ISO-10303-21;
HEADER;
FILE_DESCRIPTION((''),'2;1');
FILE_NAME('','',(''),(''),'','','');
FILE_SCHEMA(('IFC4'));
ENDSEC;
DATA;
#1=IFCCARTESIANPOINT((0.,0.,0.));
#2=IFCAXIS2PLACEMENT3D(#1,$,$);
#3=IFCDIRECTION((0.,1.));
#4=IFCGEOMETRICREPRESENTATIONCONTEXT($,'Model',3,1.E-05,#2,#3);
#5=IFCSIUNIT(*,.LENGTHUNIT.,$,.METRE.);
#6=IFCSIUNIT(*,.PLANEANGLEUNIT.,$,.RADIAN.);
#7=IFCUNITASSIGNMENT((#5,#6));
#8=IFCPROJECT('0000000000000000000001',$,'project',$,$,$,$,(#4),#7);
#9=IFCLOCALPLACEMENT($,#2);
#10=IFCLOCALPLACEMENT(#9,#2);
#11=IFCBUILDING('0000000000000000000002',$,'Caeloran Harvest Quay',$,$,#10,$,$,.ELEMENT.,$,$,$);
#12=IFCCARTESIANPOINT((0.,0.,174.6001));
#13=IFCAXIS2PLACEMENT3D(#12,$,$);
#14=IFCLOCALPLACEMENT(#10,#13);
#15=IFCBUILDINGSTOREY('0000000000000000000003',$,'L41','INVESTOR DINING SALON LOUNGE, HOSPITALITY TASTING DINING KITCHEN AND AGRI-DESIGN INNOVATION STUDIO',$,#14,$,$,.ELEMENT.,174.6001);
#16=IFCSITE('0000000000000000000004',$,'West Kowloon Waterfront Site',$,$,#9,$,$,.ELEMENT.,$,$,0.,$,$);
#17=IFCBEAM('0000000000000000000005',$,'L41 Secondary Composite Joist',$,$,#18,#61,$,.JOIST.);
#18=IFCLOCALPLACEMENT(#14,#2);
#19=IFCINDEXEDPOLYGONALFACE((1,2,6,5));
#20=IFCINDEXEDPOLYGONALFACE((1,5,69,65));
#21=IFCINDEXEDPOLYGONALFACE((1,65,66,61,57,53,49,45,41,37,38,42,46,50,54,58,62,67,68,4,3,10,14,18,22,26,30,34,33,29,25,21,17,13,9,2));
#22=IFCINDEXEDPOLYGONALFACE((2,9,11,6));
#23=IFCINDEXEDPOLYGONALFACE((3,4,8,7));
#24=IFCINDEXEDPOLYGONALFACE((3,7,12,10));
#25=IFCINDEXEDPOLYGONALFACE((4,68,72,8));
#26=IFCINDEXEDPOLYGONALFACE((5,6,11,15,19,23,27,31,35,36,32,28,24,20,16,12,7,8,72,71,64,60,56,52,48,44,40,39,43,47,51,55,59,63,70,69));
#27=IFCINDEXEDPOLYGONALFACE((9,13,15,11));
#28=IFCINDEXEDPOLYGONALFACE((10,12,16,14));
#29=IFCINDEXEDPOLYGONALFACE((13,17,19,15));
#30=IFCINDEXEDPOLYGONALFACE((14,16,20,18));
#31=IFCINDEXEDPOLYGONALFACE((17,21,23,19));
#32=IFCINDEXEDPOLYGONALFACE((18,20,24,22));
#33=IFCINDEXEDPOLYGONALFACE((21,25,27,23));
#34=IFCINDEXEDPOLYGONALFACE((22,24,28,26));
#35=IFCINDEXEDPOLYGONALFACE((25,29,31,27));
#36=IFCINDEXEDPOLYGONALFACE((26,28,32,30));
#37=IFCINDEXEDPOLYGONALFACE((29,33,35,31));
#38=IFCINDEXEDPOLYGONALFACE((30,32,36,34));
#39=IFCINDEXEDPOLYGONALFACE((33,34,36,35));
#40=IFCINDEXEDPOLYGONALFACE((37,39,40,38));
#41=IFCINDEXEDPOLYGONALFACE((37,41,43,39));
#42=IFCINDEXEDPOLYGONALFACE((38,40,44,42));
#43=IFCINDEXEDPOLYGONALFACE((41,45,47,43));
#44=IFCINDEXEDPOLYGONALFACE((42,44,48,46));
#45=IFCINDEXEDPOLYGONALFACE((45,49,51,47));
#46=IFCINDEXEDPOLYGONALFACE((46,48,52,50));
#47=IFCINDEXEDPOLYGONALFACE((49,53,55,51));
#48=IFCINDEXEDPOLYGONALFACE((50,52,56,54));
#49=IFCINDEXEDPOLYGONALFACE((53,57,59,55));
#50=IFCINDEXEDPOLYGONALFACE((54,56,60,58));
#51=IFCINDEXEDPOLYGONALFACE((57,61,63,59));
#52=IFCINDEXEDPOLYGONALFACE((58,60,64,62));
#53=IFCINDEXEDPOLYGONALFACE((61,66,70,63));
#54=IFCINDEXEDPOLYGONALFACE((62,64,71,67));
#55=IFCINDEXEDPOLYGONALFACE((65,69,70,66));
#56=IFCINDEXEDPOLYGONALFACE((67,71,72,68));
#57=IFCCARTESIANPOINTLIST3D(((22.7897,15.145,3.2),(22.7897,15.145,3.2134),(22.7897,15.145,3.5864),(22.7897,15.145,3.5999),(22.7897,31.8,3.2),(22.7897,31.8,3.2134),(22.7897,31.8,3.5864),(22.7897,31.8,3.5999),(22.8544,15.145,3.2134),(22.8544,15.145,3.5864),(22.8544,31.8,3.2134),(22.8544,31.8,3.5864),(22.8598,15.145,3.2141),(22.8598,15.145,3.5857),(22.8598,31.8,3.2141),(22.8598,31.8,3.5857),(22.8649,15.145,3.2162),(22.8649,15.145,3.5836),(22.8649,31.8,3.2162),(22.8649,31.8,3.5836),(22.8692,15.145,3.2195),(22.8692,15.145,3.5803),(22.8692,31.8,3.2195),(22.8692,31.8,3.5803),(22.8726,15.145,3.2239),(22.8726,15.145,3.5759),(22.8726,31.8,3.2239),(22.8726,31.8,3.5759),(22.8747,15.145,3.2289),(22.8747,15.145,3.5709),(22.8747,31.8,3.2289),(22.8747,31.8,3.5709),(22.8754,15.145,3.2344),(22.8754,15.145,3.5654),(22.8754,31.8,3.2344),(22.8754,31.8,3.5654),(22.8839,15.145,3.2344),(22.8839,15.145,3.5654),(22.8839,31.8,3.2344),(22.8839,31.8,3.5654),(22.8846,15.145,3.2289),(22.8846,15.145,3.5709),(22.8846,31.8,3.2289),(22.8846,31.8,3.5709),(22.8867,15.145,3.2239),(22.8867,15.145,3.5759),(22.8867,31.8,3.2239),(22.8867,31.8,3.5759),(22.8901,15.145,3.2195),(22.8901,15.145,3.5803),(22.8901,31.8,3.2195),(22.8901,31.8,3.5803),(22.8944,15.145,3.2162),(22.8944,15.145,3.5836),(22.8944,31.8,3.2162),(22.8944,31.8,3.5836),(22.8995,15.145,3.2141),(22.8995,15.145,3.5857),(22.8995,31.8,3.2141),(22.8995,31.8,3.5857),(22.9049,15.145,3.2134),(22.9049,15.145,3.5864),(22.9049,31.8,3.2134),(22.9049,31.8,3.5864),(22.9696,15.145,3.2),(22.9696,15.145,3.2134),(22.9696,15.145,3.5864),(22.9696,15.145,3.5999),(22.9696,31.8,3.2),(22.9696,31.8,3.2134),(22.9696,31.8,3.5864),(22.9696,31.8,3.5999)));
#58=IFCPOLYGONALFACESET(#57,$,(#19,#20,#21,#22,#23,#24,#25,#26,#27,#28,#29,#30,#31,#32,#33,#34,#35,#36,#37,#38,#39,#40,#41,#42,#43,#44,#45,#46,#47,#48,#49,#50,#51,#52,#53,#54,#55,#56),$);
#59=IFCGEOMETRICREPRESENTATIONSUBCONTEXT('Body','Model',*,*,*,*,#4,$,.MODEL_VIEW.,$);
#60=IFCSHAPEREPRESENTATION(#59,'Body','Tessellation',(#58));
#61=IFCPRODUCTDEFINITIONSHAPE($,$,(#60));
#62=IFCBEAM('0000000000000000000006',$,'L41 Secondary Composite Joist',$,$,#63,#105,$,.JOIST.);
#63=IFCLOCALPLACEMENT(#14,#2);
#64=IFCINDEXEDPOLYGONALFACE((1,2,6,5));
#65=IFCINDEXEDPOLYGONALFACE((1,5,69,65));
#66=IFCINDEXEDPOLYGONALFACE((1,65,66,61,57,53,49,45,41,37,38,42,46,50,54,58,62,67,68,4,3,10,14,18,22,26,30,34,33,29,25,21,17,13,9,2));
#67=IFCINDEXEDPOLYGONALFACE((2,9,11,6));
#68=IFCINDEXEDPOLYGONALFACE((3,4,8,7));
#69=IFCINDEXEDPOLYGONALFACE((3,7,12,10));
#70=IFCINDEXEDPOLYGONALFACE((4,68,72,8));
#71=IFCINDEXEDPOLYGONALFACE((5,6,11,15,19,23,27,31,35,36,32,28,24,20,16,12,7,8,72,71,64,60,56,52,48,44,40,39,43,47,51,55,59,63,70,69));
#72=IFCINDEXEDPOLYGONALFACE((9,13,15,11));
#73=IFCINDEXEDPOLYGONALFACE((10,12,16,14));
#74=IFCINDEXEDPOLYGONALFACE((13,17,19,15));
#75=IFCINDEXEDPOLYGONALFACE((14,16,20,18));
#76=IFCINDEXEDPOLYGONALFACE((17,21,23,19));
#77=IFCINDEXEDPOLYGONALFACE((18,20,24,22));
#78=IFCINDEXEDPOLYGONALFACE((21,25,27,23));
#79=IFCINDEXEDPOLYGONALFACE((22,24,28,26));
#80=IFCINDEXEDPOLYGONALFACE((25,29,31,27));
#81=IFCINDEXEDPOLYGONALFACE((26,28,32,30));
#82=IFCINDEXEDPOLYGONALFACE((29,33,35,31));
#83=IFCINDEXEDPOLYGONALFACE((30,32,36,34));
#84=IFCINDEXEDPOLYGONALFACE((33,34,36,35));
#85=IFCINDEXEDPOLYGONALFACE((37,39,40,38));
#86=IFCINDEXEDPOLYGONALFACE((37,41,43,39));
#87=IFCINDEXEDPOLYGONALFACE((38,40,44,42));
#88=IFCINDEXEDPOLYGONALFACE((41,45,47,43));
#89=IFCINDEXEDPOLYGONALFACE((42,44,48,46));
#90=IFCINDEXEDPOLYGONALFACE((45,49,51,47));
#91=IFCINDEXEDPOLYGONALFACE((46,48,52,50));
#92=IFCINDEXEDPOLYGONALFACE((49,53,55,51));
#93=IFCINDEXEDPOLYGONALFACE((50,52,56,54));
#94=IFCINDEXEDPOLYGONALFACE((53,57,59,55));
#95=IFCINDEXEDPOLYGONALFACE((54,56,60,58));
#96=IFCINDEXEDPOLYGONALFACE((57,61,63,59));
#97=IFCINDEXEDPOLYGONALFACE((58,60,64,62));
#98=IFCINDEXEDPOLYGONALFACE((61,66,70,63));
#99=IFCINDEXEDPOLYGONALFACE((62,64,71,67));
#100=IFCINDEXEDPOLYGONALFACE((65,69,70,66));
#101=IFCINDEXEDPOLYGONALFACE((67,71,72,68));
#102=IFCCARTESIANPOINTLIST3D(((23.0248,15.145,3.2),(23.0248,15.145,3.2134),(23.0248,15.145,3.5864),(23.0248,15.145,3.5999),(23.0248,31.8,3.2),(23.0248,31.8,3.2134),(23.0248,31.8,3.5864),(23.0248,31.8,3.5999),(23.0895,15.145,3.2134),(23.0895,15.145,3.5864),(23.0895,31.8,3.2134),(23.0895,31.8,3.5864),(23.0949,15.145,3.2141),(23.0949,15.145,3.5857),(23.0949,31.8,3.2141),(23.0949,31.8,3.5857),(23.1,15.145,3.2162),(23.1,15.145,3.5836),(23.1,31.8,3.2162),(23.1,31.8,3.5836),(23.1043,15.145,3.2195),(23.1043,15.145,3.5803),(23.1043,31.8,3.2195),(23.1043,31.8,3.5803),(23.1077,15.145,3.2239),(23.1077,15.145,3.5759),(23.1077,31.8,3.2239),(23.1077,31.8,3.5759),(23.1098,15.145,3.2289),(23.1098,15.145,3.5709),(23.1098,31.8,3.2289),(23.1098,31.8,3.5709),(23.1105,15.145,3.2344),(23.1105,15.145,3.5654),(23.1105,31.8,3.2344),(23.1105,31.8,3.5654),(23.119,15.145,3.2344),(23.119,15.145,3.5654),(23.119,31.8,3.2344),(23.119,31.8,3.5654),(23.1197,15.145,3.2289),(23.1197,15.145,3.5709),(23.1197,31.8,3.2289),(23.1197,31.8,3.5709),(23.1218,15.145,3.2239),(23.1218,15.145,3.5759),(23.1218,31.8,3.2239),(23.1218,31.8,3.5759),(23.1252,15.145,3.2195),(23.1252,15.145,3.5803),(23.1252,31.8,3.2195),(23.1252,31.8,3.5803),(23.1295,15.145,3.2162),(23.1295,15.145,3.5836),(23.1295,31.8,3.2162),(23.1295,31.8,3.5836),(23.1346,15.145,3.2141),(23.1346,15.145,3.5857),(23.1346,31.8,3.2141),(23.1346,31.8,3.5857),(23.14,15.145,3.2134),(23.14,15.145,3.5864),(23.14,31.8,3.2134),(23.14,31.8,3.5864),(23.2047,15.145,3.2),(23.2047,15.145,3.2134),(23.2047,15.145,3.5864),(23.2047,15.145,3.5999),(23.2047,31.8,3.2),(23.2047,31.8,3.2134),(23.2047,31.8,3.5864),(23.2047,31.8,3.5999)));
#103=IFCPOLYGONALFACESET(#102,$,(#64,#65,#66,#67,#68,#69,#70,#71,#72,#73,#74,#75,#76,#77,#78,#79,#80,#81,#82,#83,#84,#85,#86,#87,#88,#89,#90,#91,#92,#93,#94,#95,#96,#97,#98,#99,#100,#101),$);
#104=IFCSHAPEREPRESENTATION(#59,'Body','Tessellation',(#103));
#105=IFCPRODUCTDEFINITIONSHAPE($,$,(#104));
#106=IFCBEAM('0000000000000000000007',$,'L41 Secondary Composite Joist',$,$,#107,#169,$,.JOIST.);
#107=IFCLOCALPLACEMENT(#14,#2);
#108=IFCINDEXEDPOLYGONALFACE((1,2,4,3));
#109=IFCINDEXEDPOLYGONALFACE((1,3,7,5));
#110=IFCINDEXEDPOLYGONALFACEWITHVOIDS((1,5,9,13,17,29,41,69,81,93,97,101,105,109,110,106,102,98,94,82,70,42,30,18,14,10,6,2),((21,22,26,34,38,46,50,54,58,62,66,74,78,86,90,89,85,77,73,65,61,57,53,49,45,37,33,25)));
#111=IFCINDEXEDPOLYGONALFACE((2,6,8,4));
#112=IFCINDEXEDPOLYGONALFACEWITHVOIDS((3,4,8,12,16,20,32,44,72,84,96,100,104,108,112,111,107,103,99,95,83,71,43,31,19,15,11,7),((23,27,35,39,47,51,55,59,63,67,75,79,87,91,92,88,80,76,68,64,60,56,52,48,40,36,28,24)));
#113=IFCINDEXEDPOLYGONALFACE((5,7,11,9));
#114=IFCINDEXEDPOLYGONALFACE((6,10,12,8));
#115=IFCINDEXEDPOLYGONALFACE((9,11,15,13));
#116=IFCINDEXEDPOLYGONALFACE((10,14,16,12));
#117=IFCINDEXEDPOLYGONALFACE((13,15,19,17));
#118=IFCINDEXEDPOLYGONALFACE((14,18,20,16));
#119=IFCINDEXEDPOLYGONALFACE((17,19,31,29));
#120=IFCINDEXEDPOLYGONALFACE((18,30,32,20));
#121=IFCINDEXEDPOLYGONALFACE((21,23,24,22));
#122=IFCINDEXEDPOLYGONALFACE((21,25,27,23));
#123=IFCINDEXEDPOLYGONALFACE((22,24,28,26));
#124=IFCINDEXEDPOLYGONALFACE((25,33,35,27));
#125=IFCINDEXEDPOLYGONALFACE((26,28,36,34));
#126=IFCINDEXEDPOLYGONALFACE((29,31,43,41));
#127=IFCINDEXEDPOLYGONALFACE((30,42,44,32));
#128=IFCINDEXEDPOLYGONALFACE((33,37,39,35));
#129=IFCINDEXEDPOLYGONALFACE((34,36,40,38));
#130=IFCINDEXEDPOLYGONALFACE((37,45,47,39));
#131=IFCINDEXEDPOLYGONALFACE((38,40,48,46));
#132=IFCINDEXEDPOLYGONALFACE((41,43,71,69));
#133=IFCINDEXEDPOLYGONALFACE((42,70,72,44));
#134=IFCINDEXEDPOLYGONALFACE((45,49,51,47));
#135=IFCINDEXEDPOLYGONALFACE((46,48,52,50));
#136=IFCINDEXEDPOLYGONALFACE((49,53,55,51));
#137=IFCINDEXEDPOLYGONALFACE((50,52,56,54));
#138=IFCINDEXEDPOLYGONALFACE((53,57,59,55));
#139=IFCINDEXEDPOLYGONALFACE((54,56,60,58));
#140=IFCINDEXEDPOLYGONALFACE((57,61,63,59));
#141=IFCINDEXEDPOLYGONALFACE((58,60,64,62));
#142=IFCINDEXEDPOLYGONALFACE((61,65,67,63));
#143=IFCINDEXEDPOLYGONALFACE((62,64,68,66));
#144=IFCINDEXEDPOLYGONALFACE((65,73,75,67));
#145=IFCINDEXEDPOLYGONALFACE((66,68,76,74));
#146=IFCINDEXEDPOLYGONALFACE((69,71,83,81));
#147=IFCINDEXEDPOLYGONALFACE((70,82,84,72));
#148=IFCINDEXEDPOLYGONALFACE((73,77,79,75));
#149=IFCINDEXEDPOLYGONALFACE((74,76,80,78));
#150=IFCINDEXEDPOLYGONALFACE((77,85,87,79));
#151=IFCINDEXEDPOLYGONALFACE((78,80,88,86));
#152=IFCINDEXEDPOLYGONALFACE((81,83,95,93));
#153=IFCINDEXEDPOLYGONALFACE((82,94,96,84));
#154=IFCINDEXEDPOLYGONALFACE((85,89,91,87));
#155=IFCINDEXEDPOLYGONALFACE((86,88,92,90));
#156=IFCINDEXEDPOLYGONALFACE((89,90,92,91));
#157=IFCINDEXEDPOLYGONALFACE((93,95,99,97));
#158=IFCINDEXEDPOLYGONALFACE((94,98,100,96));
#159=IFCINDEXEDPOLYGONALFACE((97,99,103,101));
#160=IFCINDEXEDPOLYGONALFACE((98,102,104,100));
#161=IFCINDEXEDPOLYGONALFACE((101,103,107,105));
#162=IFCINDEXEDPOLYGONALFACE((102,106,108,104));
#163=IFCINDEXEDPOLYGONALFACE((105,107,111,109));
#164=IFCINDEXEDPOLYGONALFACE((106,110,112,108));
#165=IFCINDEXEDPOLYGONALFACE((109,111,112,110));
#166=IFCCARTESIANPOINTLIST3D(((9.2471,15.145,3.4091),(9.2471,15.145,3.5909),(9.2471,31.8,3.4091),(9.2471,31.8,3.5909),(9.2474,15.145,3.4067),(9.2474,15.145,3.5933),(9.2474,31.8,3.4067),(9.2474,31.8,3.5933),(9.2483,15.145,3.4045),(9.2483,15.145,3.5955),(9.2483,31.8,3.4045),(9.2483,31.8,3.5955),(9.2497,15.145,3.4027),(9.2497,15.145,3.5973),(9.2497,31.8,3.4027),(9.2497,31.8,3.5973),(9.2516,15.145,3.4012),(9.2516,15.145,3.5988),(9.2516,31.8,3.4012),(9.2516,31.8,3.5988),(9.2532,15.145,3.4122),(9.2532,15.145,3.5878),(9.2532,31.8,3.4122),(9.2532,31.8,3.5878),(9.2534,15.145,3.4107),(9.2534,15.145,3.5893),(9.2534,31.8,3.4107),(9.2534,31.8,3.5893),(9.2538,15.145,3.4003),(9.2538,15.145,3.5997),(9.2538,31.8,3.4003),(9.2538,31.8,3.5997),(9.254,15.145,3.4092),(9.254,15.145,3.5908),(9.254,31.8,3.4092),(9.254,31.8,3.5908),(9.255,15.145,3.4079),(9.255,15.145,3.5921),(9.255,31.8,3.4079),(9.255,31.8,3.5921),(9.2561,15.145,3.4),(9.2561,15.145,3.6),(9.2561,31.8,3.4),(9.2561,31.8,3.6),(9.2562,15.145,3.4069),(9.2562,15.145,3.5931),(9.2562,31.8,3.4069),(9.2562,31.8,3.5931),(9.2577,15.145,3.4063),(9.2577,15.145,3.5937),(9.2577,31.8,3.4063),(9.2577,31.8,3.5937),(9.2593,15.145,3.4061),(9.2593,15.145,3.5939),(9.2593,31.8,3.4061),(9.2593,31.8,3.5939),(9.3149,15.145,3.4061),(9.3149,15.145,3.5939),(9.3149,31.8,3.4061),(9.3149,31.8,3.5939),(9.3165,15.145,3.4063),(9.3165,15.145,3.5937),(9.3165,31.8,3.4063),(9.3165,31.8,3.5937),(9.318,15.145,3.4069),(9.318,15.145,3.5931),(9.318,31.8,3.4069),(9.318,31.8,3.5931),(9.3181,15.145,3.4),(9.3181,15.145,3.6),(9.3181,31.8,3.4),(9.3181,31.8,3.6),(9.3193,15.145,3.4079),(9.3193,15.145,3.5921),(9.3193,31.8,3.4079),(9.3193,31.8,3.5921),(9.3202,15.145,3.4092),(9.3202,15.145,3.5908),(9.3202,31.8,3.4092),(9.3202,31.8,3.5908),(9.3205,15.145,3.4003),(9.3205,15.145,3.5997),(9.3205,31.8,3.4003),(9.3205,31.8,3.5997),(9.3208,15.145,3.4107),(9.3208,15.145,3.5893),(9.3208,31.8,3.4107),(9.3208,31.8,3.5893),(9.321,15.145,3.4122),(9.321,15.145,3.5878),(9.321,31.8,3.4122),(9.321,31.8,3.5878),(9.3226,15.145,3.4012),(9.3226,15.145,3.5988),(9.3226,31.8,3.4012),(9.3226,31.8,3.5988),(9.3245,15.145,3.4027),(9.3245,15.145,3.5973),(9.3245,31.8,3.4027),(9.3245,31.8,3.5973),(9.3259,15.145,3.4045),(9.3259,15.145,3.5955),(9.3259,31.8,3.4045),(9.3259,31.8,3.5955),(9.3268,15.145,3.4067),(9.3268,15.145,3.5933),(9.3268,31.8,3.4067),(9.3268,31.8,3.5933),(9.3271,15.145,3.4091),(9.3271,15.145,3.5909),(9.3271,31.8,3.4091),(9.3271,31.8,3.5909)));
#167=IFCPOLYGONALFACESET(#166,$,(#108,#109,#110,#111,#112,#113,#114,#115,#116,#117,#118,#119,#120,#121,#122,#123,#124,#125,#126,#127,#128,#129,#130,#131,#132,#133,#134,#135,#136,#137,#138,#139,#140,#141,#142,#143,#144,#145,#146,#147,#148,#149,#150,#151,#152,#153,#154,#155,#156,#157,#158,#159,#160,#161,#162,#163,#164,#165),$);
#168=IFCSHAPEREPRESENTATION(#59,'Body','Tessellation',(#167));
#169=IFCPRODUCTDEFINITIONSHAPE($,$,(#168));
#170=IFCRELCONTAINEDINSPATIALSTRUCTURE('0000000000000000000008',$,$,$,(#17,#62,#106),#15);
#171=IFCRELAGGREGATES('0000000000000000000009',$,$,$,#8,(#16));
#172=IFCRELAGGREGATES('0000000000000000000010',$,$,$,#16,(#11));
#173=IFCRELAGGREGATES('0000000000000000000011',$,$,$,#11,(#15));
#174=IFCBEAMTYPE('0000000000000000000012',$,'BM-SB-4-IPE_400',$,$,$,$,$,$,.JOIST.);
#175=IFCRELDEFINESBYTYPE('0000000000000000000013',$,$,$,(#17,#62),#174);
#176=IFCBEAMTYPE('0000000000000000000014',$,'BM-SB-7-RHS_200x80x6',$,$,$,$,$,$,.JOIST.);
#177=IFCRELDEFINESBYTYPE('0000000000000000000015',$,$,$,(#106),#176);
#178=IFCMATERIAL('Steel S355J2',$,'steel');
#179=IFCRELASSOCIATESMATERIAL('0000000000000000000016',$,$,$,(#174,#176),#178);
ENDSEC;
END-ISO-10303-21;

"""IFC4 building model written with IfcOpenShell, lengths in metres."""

from ifc_helpers import new_model, si_unit, direction, frame, origin, origin_2d, place, context, subcontext, project, spatial, hollow_rectangle, i_section, extrude, material, material_profile, profile_set, type_object, element, save


model = new_model("IFC4")

# Units and contexts
model_context = context("Model", 3, precision=1e-05, world=origin(), true_north=direction((0.0, 1.0)))
body_context = subcontext(model_context, "Body", "Model", "MODEL_VIEW")
ifc_project = project(units=[si_unit("LENGTHUNIT", "METRE"), si_unit("PLANEANGLEUNIT", "RADIAN")], contexts=[model_context])

# Site, building, storey
site_placement = place(None, origin())
site = spatial("IfcSite", under=ifc_project, at=site_placement, Name="West Kowloon Waterfront Site", CompositionType="ELEMENT", RefElevation=0.0)
building_placement = place(site_placement, origin())
building = spatial("IfcBuilding", under=site, at=building_placement, Name="Caeloran Harvest Quay", CompositionType="ELEMENT")
storey_placement = place(building_placement, frame((0.0, 0.0, 174.6001)))
storey = spatial("IfcBuildingStorey", under=building, at=storey_placement, Name="L41", Description="INVESTOR DINING SALON LOUNGE, HOSPITALITY TASTING DINING KITCHEN AND AGRI-DESIGN INNOVATION STUDIO", CompositionType="ELEMENT", Elevation=174.6001)

# Beams
ifc_material_1 = material(Name="Steel S355J2", Category="steel")
ifc_material_profile_1 = material_profile(ifc_material_1, i_section(OverallWidth=0.1799, OverallDepth=0.3999, WebThickness=0.0085, FlangeThickness=0.0134, FilletRadius=0.021, at=origin_2d()), Name="IPE 400")
ifc_profile_set_1 = profile_set([ifc_material_profile_1], Name="Steel S355J2")
beam_type_1 = type_object("IfcBeamType", Name="BM-SB-4-IPE_400", PredefinedType="JOIST", material=ifc_profile_set_1)
for number, where, z_axis, x_axis, name in (
    (1, (22.8796, 15.145, 3.3999), (0.0, 1.0, 0.0), (-1.0, 0.0, 0.0), "L41 Secondary Composite Joist"),
    (2, (23.1147, 15.145, 3.3999), (0.0, 1.0, 0.0), (-1.0, 0.0, 0.0), "L41 Secondary Composite Joist"),
):
    element("IfcBeam", number, at=place(storey_placement, frame(where, z_axis=z_axis, x_axis=x_axis)), inside=storey, type_object=beam_type_1, Name=name, PredefinedType="JOIST", context=body_context, shape_type="SweptSolid", body=[
        extrude(i_section(OverallWidth=0.1799, OverallDepth=0.3999, WebThickness=0.0085, FlangeThickness=0.0134, FilletRadius=0.021, at=origin_2d()), origin(), (0.0, 0.0, 1.0), 16.655),
    ])
ifc_material_profile_2 = material_profile(ifc_material_1, hollow_rectangle(XDim=0.0801, YDim=0.2, WallThickness=0.0061, InnerFilletRadius=0.0061, OuterFilletRadius=0.009, at=origin_2d()), Name="RHS 200x80x6")
ifc_profile_set_2 = profile_set([ifc_material_profile_2], Name="Steel S355J2")
beam_type_2 = type_object("IfcBeamType", Name="BM-SB-7-RHS_200x80x6", PredefinedType="JOIST", material=ifc_profile_set_2)
for number, where, z_axis, x_axis, name in (
    (3, (9.2871, 15.145, 3.5), (0.0, 1.0, 0.0), (-1.0, 0.0, 0.0), "L41 Secondary Composite Joist"),
):
    element("IfcBeam", number, at=place(storey_placement, frame(where, z_axis=z_axis, x_axis=x_axis)), inside=storey, type_object=beam_type_2, Name=name, PredefinedType="JOIST", context=body_context, shape_type="SweptSolid", body=[
        extrude(hollow_rectangle(XDim=0.0801, YDim=0.2, WallThickness=0.0061, InnerFilletRadius=0.0061, OuterFilletRadius=0.009, at=origin_2d()), origin(), (0.0, 0.0, 1.0), 16.655),
    ])

save(model, "model.ifc")
